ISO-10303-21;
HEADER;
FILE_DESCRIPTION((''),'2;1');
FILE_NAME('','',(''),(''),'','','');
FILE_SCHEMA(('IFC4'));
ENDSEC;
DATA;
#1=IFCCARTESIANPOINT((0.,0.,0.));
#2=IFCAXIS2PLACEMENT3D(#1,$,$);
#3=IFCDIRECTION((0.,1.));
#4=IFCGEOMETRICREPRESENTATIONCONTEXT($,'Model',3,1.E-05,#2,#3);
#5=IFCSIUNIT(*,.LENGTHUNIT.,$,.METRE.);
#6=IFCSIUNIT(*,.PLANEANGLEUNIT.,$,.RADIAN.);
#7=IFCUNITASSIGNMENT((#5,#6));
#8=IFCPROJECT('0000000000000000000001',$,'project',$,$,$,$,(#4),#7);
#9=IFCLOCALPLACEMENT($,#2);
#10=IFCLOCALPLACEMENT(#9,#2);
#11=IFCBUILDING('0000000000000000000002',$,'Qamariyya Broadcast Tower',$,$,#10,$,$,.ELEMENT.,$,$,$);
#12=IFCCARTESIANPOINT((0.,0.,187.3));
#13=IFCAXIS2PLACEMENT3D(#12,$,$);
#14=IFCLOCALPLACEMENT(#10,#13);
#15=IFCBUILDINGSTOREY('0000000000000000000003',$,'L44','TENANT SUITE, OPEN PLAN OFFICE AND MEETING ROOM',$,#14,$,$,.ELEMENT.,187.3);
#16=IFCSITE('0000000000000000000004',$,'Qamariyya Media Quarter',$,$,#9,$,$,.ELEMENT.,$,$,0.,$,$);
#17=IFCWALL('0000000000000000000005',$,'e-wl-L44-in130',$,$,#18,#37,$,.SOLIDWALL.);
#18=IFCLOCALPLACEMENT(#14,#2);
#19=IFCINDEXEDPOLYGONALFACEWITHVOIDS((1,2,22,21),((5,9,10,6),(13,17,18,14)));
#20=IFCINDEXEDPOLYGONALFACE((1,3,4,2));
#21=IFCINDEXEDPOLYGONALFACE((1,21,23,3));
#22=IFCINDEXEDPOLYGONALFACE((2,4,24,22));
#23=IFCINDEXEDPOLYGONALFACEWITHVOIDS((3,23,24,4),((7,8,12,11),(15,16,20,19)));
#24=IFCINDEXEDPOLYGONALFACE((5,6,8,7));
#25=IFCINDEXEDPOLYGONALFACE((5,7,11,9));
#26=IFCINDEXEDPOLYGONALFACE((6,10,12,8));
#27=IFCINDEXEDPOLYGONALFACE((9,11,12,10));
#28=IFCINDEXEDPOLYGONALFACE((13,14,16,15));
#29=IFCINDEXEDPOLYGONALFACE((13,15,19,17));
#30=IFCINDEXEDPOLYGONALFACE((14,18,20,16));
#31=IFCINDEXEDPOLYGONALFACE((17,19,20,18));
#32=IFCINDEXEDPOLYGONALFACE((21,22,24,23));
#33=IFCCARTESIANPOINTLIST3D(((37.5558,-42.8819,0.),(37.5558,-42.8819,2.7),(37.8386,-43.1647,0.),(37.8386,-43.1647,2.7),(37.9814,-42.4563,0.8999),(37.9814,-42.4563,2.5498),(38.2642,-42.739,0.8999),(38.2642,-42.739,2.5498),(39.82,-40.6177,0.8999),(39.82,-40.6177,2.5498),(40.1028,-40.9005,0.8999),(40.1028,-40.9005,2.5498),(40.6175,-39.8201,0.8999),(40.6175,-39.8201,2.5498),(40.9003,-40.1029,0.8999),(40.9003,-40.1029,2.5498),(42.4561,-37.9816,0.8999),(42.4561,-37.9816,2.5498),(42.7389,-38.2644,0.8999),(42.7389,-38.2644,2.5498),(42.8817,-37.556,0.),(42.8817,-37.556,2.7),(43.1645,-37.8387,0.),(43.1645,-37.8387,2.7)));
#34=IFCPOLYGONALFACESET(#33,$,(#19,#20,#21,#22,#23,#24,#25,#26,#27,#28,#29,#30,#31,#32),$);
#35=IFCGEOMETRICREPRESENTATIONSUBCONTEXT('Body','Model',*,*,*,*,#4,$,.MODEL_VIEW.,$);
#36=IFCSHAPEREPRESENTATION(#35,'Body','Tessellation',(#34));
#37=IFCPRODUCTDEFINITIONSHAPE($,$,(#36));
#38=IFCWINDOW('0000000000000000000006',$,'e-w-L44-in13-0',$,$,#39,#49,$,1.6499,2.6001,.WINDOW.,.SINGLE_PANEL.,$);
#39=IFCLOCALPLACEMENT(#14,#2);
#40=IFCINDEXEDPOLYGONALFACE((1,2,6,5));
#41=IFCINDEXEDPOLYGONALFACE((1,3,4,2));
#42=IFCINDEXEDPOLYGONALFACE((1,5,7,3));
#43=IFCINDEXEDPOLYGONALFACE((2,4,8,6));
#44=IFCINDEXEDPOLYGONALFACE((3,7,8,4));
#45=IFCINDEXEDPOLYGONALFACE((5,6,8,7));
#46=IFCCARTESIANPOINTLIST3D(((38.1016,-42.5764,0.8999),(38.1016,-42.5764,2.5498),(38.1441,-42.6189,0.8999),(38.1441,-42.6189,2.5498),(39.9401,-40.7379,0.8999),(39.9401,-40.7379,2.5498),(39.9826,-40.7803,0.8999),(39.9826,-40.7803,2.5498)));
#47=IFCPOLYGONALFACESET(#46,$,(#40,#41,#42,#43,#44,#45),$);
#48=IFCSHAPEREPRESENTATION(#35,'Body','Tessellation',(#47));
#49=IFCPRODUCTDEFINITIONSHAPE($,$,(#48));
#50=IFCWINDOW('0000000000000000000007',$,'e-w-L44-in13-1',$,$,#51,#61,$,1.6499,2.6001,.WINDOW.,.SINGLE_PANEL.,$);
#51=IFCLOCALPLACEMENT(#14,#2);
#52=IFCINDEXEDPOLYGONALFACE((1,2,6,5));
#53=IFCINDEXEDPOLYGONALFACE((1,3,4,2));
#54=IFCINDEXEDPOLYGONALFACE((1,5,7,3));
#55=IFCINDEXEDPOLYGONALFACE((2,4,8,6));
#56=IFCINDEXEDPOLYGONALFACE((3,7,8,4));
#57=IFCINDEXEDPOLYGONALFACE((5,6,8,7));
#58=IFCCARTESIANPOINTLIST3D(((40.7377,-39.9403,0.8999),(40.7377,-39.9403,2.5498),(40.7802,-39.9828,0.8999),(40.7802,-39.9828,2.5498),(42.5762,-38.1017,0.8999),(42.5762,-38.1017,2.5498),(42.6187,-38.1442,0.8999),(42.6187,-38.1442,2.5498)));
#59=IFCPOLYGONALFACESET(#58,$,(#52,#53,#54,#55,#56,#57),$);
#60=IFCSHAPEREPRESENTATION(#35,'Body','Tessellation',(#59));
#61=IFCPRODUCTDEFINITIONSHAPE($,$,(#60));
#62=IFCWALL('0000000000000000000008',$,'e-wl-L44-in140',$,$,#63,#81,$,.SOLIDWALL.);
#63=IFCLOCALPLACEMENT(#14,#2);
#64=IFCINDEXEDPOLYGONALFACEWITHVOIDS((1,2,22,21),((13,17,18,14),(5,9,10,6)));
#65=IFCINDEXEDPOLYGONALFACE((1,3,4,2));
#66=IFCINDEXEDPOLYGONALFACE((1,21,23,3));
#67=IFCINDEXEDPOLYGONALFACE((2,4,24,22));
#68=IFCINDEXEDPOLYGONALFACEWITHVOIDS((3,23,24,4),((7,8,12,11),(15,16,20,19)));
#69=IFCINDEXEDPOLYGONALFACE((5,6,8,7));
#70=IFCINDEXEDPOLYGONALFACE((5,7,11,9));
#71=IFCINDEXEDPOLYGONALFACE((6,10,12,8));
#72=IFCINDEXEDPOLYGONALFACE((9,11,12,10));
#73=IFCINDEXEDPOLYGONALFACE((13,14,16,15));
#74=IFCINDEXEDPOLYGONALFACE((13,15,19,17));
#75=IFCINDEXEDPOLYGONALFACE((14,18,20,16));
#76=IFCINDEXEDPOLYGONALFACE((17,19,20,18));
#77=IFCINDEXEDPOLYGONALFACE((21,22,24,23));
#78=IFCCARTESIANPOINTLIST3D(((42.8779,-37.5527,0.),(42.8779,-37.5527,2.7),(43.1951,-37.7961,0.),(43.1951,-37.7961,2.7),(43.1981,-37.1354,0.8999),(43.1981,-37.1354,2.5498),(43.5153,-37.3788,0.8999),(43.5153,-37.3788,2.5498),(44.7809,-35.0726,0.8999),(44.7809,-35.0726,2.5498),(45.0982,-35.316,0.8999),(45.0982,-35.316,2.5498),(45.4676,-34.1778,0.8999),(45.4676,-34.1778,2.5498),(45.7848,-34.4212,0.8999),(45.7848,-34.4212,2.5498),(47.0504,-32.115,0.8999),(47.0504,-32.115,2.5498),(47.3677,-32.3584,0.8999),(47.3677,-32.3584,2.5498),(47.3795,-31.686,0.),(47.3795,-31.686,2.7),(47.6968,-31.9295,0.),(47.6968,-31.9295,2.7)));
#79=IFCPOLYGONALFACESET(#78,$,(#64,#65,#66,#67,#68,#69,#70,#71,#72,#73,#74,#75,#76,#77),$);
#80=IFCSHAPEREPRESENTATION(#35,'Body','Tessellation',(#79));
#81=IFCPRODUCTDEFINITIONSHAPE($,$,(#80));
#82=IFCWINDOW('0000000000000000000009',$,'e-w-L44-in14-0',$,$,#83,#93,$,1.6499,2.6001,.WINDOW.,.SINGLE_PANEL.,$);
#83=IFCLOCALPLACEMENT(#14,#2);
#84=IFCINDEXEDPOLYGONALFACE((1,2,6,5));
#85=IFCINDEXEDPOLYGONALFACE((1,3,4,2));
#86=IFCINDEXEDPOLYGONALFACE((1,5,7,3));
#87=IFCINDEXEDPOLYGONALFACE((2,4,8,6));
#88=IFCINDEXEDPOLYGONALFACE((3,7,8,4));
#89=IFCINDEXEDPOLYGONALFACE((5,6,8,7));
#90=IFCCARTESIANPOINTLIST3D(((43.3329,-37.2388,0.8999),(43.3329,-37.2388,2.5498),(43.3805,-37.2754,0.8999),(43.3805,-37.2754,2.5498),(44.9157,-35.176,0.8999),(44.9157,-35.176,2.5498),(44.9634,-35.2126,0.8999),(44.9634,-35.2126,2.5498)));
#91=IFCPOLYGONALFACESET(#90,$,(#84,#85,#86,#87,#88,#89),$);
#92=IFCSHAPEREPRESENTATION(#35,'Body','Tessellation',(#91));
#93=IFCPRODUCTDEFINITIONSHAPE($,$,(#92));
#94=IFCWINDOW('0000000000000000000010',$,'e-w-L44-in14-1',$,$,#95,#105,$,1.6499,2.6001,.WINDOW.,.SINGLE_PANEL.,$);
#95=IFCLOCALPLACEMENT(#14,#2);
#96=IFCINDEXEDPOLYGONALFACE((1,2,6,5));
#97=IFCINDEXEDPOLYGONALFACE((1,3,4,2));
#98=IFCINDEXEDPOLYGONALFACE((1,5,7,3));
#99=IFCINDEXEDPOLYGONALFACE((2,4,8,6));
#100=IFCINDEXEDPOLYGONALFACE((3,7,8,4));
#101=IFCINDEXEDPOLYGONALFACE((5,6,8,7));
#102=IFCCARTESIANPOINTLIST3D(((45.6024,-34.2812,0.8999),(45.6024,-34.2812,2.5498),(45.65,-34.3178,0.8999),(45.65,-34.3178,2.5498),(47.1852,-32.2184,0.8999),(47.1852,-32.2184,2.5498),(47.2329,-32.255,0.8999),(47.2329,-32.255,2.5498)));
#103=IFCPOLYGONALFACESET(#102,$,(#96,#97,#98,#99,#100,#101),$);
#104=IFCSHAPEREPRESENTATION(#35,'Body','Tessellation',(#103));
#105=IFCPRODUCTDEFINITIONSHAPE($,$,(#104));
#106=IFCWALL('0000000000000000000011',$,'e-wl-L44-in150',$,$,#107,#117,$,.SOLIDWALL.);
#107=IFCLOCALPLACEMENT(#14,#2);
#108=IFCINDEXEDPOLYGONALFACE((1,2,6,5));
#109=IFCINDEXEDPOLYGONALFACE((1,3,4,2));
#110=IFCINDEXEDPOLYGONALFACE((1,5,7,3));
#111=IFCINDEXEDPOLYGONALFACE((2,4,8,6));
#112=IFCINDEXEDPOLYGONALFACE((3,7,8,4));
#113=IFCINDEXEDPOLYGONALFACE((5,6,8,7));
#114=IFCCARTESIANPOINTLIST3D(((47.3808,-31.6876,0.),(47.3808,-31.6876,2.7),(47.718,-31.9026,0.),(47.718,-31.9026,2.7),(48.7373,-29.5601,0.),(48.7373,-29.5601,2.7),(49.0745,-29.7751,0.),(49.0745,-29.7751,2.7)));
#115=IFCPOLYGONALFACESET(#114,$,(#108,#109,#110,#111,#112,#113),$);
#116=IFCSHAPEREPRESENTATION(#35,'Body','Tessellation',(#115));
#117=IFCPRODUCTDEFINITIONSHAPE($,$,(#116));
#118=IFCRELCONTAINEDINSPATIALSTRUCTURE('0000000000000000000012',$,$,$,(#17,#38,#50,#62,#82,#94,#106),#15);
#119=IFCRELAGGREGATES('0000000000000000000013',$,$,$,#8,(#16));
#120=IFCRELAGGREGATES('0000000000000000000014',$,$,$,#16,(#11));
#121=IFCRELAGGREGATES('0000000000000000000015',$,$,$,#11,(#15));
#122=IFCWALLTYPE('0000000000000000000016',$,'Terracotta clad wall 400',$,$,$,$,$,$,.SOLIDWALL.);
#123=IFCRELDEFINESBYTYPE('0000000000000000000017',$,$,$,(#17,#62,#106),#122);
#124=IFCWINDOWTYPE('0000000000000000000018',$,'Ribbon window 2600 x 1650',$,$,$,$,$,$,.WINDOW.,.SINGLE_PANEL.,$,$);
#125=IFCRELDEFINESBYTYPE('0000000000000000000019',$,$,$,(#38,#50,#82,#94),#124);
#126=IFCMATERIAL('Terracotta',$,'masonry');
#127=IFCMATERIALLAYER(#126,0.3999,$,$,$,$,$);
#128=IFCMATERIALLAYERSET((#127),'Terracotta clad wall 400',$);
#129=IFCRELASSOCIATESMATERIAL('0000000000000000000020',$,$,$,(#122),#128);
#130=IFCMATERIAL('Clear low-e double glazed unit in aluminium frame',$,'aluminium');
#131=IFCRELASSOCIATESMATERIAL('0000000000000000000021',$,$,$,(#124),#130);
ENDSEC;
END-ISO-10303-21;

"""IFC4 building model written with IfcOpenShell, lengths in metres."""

from ifc_helpers import new_model, si_unit, direction, frame, frame_2d, origin, place, context, subcontext, project, spatial, rectangle, extrude, material, layer, layer_set, type_object, element, fill, save


model = new_model("IFC4")

# Units and contexts
model_context = context("Model", 3, precision=1e-05, world=origin(), true_north=direction((0.0, 1.0)))
body_context = subcontext(model_context, "Body", "Model", "MODEL_VIEW")
ifc_project = project(units=[si_unit("LENGTHUNIT", "METRE"), si_unit("PLANEANGLEUNIT", "RADIAN")], contexts=[model_context])

# Site, building, storey
site_placement = place(None, origin())
site = spatial("IfcSite", under=ifc_project, at=site_placement, Name="Qamariyya Media Quarter", CompositionType="ELEMENT", RefElevation=0.0)
building_placement = place(site_placement, origin())
building = spatial("IfcBuilding", under=site, at=building_placement, Name="Qamariyya Broadcast Tower", CompositionType="ELEMENT")
storey_placement = place(building_placement, frame((0.0, 0.0, 187.3)))
storey = spatial("IfcBuildingStorey", under=building, at=storey_placement, Name="L44", Description="TENANT SUITE, OPEN PLAN OFFICE AND MEETING ROOM", CompositionType="ELEMENT", Elevation=187.3)

# Walls, openings, windows
ifc_material_1 = material(Name="Terracotta", Category="masonry")
ifc_layer_1 = layer(ifc_material_1, 0.3999)
ifc_layer_set_1 = layer_set([ifc_layer_1], Name="Terracotta clad wall 400")
wall_type_1 = type_object("IfcWallType", Name="Terracotta clad wall 400", PredefinedType="SOLIDWALL", material=ifc_layer_set_1)
wall_1_placement = place(storey_placement, frame((43.0232, -37.6973, 0.0), z_axis=(0.0, 0.0, 1.0), x_axis=(-0.707107, -0.707107, 0.0)))
wall_1 = element("IfcWall", 1, at=wall_1_placement, inside=storey, type_object=wall_type_1, Name="e-wl-L44-in130", PredefinedType="SOLIDWALL", context=body_context, shape_type="SweptSolid", body=[
    extrude(rectangle(XDim=7.532, YDim=0.3999, at=frame_2d((3.7661, 0.0))), origin(), (0.0, 0.0, 1.0), 2.7),
])
opening_1_placement = place(wall_1_placement, frame((4.3301, 0.0, 0.8999)))
opening_1 = element("IfcOpeningElement", 2, at=opening_1_placement, cuts=wall_1, PredefinedType="OPENING", context=body_context, shape_type="SweptSolid", body=[
    extrude(rectangle(XDim=2.6001, YDim=1.6499, at=frame_2d((1.3, 0.825))), frame((0.0, 0.21, 0.0), z_axis=(0.0, -1.0, 0.0), x_axis=(1.0, 0.0, 0.0)), (0.0, 0.0, 1.0), 0.4199),
])
opening_2_placement = place(wall_1_placement, frame((0.6021, 0.0, 0.8999)))
opening_2 = element("IfcOpeningElement", 3, at=opening_2_placement, cuts=wall_1, PredefinedType="OPENING", context=body_context, shape_type="SweptSolid", body=[
    extrude(rectangle(XDim=2.6001, YDim=1.6499, at=frame_2d((1.3, 0.825))), frame((0.0, 0.21, 0.0), z_axis=(0.0, -1.0, 0.0), x_axis=(1.0, 0.0, 0.0)), (0.0, 0.0, 1.0), 0.4199),
])
ifc_material_2 = material(Name="Clear low-e double glazed unit in aluminium frame", Category="aluminium")
window_type = type_object("IfcWindowType", Name="Ribbon window 2600 x 1650", PartitioningType="SINGLE_PANEL", PredefinedType="WINDOW", material=ifc_material_2)
window_1_placement = place(opening_1_placement, origin())
window_1 = element("IfcWindow", 4, at=window_1_placement, inside=storey, type_object=window_type, Name="e-w-L44-in13-0", OverallHeight=1.6499, OverallWidth=2.6001, PartitioningType="SINGLE_PANEL", PredefinedType="WINDOW", context=body_context, shape_type="SweptSolid", body=[
    extrude(rectangle(XDim=2.6001, YDim=1.6499, at=frame_2d((1.3, 0.825))), frame((0.0, 0.03, 0.0), z_axis=(0.0, -1.0, 0.0), x_axis=(1.0, 0.0, 0.0)), (0.0, 0.0, 1.0), 0.0601),
])
fill(opening_1, window_1)
window_2_placement = place(opening_2_placement, origin())
window_2 = element("IfcWindow", 5, at=window_2_placement, inside=storey, type_object=window_type, Name="e-w-L44-in13-1", OverallHeight=1.6499, OverallWidth=2.6001, PartitioningType="SINGLE_PANEL", PredefinedType="WINDOW", context=body_context, shape_type="SweptSolid", body=[
    extrude(rectangle(XDim=2.6001, YDim=1.6499, at=frame_2d((1.3, 0.825))), frame((0.0, 0.03, 0.0), z_axis=(0.0, -1.0, 0.0), x_axis=(1.0, 0.0, 0.0)), (0.0, 0.0, 1.0), 0.0601),
])
fill(opening_2, window_2)
wall_2_placement = place(storey_placement, frame((47.5381, -31.8079, 0.0), z_axis=(0.0, 0.0, 1.0), x_axis=(-0.608764, -0.793351, 0.0)))
wall_2 = element("IfcWall", 6, at=wall_2_placement, inside=storey, type_object=wall_type_1, Name="e-wl-L44-in140", PredefinedType="SOLIDWALL", context=body_context, shape_type="SweptSolid", body=[
    extrude(rectangle(XDim=7.3948, YDim=0.3999, at=frame_2d((3.6973, 0.0))), origin(), (0.0, 0.0, 1.0), 2.7),
])
opening_3_placement = place(wall_2_placement, frame((4.2686, 0.0, 0.8999)))
opening_3 = element("IfcOpeningElement", 7, at=opening_3_placement, cuts=wall_2, PredefinedType="OPENING", context=body_context, shape_type="SweptSolid", body=[
    extrude(rectangle(XDim=2.6001, YDim=1.6499, at=frame_2d((1.3, 0.825))), frame((0.0, 0.21, 0.0), z_axis=(0.0, -1.0, 0.0), x_axis=(1.0, 0.0, 0.0)), (0.0, 0.0, 1.0), 0.4199),
])
opening_4_placement = place(wall_2_placement, frame((0.5405, 0.0, 0.8999)))
opening_4 = element("IfcOpeningElement", 8, at=opening_4_placement, cuts=wall_2, PredefinedType="OPENING", context=body_context, shape_type="SweptSolid", body=[
    extrude(rectangle(XDim=2.6001, YDim=1.6499, at=frame_2d((1.3, 0.825))), frame((0.0, 0.21, 0.0), z_axis=(0.0, -1.0, 0.0), x_axis=(1.0, 0.0, 0.0)), (0.0, 0.0, 1.0), 0.4199),
])
window_3_placement = place(opening_3_placement, origin())
window_3 = element("IfcWindow", 9, at=window_3_placement, inside=storey, type_object=window_type, Name="e-w-L44-in14-0", OverallHeight=1.6499, OverallWidth=2.6001, PartitioningType="SINGLE_PANEL", PredefinedType="WINDOW", context=body_context, shape_type="SweptSolid", body=[
    extrude(rectangle(XDim=2.6001, YDim=1.6499, at=frame_2d((1.3, 0.825))), frame((0.0, 0.03, 0.0), z_axis=(0.0, -1.0, 0.0), x_axis=(1.0, 0.0, 0.0)), (0.0, 0.0, 1.0), 0.0601),
])
fill(opening_3, window_3)
window_4_placement = place(opening_4_placement, origin())
window_4 = element("IfcWindow", 10, at=window_4_placement, inside=storey, type_object=window_type, Name="e-w-L44-in14-1", OverallHeight=1.6499, OverallWidth=2.6001, PartitioningType="SINGLE_PANEL", PredefinedType="WINDOW", context=body_context, shape_type="SweptSolid", body=[
    extrude(rectangle(XDim=2.6001, YDim=1.6499, at=frame_2d((1.3, 0.825))), frame((0.0, 0.03, 0.0), z_axis=(0.0, -1.0, 0.0), x_axis=(1.0, 0.0, 0.0)), (0.0, 0.0, 1.0), 0.0601),
])
fill(opening_4, window_4)

# Wall
wall_3_placement = place(storey_placement, frame((48.906, -29.6675, 0.0), z_axis=(0.0, 0.0, 1.0), x_axis=(-0.537614, -0.843191, 0.0)))
element("IfcWall", 11, at=wall_3_placement, inside=storey, type_object=wall_type_1, Name="e-wl-L44-in150", PredefinedType="SOLIDWALL", context=body_context, shape_type="SweptSolid", body=[
    extrude(rectangle(XDim=2.5232, YDim=0.3999, at=frame_2d((1.2617, 0.0))), origin(), (0.0, 0.0, 1.0), 2.7),
])

save(model, "model.ifc")
